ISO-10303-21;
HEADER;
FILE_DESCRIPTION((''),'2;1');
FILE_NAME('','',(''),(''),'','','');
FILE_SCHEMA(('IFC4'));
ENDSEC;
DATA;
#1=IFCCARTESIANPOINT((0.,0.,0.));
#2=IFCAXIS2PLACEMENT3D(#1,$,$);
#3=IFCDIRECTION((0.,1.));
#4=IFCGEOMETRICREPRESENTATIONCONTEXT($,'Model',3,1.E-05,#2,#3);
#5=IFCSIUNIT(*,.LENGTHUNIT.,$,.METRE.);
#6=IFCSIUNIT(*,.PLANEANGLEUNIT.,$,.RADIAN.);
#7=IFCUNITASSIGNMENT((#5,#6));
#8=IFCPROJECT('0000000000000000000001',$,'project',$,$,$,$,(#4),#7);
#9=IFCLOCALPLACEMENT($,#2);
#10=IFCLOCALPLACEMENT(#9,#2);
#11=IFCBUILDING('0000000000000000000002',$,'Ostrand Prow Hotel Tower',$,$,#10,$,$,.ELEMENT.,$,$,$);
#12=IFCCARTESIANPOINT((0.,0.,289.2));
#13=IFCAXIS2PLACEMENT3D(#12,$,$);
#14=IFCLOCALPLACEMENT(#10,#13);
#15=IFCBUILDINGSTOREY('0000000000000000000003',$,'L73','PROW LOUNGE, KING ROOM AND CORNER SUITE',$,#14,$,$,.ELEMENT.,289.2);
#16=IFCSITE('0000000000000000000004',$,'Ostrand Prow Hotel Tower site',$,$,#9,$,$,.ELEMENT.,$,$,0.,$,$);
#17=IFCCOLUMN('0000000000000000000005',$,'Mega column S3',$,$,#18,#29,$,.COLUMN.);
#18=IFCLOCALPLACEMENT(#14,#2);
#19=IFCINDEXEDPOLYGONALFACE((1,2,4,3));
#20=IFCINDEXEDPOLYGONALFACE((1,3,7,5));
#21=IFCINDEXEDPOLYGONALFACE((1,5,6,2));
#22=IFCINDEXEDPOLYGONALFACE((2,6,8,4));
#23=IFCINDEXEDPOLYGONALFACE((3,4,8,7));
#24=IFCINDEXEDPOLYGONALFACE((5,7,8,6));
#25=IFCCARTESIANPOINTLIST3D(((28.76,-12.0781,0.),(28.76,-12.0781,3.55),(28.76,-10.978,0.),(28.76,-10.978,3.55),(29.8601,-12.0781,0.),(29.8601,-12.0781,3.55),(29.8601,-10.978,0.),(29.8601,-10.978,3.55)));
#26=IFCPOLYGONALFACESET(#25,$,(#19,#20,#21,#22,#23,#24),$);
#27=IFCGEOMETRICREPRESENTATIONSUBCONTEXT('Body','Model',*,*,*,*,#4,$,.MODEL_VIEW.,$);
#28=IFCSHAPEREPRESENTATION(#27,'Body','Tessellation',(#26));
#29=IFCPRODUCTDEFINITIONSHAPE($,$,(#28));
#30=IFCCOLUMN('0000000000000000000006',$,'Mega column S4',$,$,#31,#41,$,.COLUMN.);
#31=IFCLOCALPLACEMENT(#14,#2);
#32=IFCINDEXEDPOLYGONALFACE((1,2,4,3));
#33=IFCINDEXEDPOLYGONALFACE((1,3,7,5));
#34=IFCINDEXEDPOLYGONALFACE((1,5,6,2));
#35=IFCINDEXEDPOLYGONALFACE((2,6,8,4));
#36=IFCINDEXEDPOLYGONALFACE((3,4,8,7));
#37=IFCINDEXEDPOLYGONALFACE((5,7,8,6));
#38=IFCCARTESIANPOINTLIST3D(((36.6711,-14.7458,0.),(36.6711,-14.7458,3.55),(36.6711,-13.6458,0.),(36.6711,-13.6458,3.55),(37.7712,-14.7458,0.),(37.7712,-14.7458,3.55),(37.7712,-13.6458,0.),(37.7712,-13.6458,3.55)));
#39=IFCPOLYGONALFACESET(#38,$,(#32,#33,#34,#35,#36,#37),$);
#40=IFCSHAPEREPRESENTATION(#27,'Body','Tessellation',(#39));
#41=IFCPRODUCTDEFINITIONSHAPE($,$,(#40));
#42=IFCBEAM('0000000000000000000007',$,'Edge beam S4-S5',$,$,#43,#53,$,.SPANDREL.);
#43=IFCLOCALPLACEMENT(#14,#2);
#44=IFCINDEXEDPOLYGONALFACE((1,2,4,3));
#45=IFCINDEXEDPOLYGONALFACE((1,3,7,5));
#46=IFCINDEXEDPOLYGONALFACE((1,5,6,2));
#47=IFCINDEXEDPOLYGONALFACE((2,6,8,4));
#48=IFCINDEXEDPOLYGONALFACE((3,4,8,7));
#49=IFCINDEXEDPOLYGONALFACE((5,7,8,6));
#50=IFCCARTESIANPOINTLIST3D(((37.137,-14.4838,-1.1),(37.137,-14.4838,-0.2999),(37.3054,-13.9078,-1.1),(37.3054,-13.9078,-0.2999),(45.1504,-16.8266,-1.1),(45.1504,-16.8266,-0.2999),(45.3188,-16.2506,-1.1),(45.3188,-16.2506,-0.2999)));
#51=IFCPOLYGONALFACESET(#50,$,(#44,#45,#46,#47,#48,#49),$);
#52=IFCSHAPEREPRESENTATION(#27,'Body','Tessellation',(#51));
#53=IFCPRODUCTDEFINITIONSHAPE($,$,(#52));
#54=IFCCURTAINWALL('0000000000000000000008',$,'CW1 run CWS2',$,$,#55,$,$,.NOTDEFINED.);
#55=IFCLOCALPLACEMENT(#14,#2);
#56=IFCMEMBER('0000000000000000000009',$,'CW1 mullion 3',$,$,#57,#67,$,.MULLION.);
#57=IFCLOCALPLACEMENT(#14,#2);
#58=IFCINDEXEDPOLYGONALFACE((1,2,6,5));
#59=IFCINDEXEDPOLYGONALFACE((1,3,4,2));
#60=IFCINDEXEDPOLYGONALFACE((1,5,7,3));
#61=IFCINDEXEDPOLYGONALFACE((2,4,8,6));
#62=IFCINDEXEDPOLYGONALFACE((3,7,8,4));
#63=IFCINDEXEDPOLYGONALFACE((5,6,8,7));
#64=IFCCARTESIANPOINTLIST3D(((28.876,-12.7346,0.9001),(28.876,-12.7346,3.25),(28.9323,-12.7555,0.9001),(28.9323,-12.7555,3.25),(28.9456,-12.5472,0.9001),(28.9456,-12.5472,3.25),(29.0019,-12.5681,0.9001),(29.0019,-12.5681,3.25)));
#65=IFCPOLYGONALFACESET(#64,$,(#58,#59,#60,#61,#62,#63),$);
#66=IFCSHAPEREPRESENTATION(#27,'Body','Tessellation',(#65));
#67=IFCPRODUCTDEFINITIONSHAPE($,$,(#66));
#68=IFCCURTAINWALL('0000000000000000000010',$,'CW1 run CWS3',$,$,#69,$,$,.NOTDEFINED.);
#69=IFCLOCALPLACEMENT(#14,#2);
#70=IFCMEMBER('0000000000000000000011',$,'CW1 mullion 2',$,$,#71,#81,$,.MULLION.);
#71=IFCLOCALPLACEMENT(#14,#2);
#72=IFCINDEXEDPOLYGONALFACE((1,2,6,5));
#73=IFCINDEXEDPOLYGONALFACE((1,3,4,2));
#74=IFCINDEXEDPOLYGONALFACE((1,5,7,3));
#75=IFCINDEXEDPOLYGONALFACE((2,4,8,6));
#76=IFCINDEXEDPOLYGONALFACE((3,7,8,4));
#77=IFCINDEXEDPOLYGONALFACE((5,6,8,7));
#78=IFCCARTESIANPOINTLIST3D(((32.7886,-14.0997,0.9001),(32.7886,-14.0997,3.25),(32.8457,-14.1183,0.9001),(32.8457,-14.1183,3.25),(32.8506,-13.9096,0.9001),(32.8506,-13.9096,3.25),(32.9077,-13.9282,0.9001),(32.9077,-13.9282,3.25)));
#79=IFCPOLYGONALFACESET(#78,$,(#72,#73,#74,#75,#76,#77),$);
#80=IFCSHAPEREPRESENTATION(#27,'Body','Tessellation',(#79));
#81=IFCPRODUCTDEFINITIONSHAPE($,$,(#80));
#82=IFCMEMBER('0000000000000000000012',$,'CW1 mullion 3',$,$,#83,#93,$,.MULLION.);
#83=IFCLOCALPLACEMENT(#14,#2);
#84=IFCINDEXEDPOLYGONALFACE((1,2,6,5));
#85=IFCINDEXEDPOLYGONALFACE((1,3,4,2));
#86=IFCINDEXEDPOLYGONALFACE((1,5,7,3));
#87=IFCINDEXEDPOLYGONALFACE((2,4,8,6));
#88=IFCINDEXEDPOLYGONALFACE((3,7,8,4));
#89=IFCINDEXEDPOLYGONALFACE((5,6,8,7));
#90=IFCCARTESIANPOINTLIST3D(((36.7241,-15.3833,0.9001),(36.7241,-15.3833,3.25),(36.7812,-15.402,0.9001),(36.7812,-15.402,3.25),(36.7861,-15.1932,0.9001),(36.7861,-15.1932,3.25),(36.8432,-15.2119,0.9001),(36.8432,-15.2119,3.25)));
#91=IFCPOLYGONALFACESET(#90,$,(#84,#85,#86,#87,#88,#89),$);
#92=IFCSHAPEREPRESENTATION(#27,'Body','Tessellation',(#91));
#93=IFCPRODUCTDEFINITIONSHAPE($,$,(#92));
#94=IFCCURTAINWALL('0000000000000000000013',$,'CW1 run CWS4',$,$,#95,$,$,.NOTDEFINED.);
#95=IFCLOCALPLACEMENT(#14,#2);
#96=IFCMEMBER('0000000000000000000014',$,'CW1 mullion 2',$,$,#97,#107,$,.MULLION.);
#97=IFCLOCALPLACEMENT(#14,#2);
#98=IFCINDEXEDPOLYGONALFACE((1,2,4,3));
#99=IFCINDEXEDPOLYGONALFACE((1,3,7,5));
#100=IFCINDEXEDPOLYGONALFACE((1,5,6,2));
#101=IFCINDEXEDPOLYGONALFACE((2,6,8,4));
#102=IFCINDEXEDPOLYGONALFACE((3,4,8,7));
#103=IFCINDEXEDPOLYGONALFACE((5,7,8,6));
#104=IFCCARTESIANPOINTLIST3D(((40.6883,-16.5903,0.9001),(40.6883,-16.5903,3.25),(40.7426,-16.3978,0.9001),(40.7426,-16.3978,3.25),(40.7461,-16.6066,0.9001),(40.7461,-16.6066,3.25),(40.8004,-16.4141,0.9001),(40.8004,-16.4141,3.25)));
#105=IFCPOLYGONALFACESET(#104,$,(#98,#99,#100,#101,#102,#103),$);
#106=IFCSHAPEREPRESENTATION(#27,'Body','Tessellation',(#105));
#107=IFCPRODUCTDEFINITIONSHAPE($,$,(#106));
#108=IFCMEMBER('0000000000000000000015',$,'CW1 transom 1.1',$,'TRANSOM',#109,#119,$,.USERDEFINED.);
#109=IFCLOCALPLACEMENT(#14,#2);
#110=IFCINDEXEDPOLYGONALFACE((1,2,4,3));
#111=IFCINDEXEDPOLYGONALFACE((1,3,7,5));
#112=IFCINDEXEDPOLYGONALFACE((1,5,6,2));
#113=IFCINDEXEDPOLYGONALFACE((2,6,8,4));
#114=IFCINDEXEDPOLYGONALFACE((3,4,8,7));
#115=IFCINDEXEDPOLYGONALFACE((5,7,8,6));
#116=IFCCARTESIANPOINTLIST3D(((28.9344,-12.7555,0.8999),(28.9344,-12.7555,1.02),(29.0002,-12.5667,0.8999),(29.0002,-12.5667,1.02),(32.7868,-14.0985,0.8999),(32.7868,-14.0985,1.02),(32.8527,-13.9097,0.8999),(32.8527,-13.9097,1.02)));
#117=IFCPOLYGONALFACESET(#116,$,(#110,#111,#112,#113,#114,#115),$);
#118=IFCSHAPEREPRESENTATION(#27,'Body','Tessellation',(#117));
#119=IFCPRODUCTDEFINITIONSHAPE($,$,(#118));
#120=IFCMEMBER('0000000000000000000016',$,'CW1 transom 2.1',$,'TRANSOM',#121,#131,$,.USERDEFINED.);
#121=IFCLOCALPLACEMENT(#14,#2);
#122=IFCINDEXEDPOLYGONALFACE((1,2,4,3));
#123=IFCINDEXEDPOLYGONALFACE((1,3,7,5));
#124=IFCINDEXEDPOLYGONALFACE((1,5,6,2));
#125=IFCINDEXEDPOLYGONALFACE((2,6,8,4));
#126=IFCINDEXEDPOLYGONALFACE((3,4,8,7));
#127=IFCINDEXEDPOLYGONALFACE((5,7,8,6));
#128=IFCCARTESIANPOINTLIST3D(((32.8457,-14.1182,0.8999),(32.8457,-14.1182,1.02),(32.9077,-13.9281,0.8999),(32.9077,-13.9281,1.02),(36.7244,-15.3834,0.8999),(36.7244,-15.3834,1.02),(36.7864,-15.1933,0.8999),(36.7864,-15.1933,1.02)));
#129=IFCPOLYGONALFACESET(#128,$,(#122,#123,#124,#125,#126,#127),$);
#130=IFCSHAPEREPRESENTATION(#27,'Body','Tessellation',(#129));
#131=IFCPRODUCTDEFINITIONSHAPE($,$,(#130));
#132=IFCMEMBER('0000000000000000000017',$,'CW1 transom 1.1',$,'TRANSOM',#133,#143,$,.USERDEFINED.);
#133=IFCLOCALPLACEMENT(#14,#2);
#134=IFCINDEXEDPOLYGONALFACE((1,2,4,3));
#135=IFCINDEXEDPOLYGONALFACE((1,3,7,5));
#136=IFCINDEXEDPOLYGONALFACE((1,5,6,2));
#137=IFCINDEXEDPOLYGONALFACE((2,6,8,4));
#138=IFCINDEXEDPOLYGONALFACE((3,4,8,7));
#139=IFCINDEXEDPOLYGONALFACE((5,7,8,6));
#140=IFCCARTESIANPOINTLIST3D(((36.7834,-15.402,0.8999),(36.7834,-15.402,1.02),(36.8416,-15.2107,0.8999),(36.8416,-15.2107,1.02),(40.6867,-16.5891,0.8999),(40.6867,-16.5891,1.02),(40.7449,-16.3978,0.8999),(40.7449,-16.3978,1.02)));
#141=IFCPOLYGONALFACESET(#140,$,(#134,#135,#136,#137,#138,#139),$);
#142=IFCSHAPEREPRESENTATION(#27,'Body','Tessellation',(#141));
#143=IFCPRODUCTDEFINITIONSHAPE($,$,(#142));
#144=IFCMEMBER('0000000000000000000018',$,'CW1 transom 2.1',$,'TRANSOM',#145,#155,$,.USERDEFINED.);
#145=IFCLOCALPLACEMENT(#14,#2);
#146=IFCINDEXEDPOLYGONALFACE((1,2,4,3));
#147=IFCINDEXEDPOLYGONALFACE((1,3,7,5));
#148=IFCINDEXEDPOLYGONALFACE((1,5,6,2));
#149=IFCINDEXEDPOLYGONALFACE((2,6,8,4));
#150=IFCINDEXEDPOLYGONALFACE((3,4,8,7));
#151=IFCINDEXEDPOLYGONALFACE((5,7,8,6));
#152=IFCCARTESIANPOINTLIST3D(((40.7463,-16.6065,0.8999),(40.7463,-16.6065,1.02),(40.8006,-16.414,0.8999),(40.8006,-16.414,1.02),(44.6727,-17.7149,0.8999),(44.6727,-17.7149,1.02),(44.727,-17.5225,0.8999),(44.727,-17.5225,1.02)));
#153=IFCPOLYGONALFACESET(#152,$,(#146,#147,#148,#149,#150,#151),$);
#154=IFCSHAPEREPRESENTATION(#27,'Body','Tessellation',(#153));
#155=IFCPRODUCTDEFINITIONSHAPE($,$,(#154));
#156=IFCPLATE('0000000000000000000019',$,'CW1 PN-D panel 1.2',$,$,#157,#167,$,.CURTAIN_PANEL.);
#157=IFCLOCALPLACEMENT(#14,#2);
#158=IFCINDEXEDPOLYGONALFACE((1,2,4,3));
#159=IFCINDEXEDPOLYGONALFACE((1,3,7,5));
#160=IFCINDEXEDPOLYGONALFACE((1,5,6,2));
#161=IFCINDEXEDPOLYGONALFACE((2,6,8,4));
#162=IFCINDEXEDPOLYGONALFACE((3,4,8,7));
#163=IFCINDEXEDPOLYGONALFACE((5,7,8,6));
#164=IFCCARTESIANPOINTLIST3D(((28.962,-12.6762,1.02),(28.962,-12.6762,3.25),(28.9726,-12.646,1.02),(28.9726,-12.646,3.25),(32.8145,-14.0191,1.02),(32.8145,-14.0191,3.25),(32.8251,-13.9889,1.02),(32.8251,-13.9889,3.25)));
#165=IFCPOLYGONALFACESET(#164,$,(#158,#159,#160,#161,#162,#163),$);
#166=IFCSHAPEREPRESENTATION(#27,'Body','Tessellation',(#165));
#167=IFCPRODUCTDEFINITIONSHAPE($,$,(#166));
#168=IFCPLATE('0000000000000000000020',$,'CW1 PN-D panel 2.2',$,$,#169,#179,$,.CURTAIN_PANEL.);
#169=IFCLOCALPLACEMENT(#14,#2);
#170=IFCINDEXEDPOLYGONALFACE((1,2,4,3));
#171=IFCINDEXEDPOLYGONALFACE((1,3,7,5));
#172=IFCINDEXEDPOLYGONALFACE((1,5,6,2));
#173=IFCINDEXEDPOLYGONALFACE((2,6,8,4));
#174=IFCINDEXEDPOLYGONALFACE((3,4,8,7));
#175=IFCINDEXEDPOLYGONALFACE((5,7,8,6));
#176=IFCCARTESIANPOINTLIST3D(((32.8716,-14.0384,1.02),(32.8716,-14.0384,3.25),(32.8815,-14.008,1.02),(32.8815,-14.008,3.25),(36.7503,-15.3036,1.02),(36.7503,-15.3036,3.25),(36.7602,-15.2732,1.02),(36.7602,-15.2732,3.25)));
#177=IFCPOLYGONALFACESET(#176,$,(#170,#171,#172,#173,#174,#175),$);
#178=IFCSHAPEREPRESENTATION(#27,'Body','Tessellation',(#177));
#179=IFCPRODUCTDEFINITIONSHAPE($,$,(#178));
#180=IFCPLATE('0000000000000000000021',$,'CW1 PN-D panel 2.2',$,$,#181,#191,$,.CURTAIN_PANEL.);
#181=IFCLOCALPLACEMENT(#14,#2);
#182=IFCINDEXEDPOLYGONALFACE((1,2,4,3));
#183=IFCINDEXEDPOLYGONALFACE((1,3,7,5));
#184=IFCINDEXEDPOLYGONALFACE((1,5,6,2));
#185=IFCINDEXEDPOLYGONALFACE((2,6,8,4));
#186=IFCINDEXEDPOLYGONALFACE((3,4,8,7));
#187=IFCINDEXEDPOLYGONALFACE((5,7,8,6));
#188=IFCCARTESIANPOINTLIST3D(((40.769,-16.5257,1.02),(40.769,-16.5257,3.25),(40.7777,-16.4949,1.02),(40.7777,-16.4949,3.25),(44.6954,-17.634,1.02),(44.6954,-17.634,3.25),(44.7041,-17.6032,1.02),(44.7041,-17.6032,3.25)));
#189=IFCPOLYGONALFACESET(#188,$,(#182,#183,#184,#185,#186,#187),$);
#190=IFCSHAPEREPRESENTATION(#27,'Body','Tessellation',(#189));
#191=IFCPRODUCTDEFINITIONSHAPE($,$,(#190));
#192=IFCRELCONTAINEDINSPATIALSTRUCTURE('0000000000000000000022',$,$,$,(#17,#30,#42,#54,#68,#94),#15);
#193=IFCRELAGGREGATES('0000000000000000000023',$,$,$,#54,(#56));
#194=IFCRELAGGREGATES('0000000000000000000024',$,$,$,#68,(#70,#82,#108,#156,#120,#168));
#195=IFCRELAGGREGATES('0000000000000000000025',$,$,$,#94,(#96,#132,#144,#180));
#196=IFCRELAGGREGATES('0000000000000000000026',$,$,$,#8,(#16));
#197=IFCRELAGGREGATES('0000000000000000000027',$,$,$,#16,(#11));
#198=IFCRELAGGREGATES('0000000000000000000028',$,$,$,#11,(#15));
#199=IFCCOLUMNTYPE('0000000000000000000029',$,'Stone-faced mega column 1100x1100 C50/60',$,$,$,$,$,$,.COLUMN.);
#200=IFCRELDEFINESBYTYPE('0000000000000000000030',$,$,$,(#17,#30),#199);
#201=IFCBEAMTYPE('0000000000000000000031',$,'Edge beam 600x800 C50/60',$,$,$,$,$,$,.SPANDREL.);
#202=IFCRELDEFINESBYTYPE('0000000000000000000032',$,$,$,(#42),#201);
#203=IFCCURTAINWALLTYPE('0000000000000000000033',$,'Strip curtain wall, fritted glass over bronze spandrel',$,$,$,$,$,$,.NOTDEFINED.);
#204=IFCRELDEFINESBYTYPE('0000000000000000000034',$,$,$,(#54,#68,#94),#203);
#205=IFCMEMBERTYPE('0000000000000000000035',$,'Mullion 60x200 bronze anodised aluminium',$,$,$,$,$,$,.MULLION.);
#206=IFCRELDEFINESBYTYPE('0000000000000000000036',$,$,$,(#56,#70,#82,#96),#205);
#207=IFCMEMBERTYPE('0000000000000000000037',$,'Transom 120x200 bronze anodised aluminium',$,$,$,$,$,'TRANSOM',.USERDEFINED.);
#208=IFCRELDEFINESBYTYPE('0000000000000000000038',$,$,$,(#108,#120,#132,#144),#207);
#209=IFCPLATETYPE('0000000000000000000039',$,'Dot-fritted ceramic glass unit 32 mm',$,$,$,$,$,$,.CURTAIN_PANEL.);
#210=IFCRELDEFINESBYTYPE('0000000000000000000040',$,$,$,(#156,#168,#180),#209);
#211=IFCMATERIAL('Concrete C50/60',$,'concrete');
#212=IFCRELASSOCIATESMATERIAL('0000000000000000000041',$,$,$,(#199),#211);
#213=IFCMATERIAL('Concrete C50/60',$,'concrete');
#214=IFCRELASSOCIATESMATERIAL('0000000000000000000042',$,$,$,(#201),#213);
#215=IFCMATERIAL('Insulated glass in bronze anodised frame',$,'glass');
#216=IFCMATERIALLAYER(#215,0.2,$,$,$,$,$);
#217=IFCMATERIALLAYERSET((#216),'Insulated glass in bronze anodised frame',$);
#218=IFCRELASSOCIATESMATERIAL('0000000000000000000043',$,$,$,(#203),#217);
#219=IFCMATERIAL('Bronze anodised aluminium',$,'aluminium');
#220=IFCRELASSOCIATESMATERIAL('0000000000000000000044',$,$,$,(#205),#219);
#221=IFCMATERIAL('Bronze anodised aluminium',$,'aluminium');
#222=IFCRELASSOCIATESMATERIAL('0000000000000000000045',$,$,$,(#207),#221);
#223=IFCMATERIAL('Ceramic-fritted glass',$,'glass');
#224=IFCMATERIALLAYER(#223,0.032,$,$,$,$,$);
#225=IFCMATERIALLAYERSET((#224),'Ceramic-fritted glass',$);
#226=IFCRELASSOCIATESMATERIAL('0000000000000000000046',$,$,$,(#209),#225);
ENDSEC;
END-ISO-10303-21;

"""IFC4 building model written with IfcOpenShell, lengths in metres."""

from ifc_helpers import new_model, si_unit, direction, frame, origin, origin_2d, place, context, subcontext, project, spatial, rectangle, extrude, material, layer, layer_set, material_profile, profile_set, type_object, element, aggregate, save


model = new_model("IFC4")

# Units and contexts
model_context = context("Model", 3, precision=1e-05, world=origin(), true_north=direction((0.0, 1.0)))
body_context = subcontext(model_context, "Body", "Model", "MODEL_VIEW")
ifc_project = project(units=[si_unit("LENGTHUNIT", "METRE"), si_unit("PLANEANGLEUNIT", "RADIAN")], contexts=[model_context])

# Site, building, storey
site_placement = place(None, origin())
site = spatial("IfcSite", under=ifc_project, at=site_placement, Name="Ostrand Prow Hotel Tower site", CompositionType="ELEMENT", RefElevation=0.0)
building_placement = place(site_placement, origin())
building = spatial("IfcBuilding", under=site, at=building_placement, Name="Ostrand Prow Hotel Tower", CompositionType="ELEMENT")
storey_placement = place(building_placement, frame((0.0, 0.0, 289.2)))
storey = spatial("IfcBuildingStorey", under=building, at=storey_placement, Name="L73", Description="PROW LOUNGE, KING ROOM AND CORNER SUITE", CompositionType="ELEMENT", Elevation=289.2)

# Columns
ifc_material_1 = material(Name="Concrete C50/60", Category="concrete")
ifc_material_profile_1 = material_profile(ifc_material_1, rectangle(XDim=1.1001, YDim=1.1001, at=origin_2d()), Name="RC 1100x1100")
ifc_profile_set_1 = profile_set([ifc_material_profile_1], Name="Concrete C50/60")
column_type = type_object("IfcColumnType", Name="Stone-faced mega column 1100x1100 C50/60", PredefinedType="COLUMN", material=ifc_profile_set_1)
for number, where, z_axis, x_axis, name in (
    (1, (29.3101, -11.5281, 0.0), (0.0, 0.0, 1.0), (1.0, 0.0, 0.0), "Mega column S3"),
    (2, (37.2212, -14.1958, 0.0), (0.0, 0.0, 1.0), (1.0, 0.0, 0.0), "Mega column S4"),
):
    element("IfcColumn", number, at=place(storey_placement, frame(where, z_axis=z_axis, x_axis=x_axis)), inside=storey, type_object=column_type, Name=name, PredefinedType="COLUMN", context=body_context, shape_type="SweptSolid", body=[
        extrude(rectangle(XDim=1.1001, YDim=1.1001, at=origin_2d()), origin(), (0.0, 0.0, 1.0), 3.55),
    ])

# Beam
ifc_material_2 = material(Name="Concrete C50/60", Category="concrete")
ifc_material_profile_2 = material_profile(ifc_material_2, rectangle(XDim=0.6001, YDim=0.8, at=origin_2d()), Name="RC 600x800")
ifc_profile_set_2 = profile_set([ifc_material_profile_2], Name="Concrete C50/60")
beam_type = type_object("IfcBeamType", Name="Edge beam 600x800 C50/60", PredefinedType="SPANDREL", material=ifc_profile_set_2)
beam_placement = place(storey_placement, frame((37.2212, -14.1958, -0.7), z_axis=(0.959822, -0.28061, 0.0), x_axis=(0.28061, 0.959822, 0.0)))
element("IfcBeam", 3, at=beam_placement, inside=storey, type_object=beam_type, Name="Edge beam S4-S5", PredefinedType="SPANDREL", context=body_context, shape_type="SweptSolid", body=[
    extrude(rectangle(XDim=0.6001, YDim=0.8, at=origin_2d()), origin(), (0.0, 0.0, 1.0), 8.3489),
])

# Curtain wall, member
ifc_material_3 = material(Name="Insulated glass in bronze anodised frame", Category="glass")
ifc_layer_1 = layer(ifc_material_3, 0.2)
ifc_layer_set_1 = layer_set([ifc_layer_1], Name="Insulated glass in bronze anodised frame")
curtain_wall_type = type_object("IfcCurtainWallType", Name="Strip curtain wall, fritted glass over bronze spandrel", PredefinedType="NOTDEFINED", material=ifc_layer_set_1)
curtain_wall_1_placement = place(storey_placement, origin())
curtain_wall_1 = element("IfcCurtainWall", 4, at=curtain_wall_1_placement, inside=storey, type_object=curtain_wall_type, Name="CW1 run CWS2", PredefinedType="NOTDEFINED")
ifc_material_4 = material(Name="Bronze anodised aluminium", Category="aluminium")
ifc_material_profile_3 = material_profile(ifc_material_4, rectangle(XDim=0.2, YDim=0.0601, at=origin_2d()), Name="Mullion 60x200 bronze anodised aluminium")
ifc_profile_set_3 = profile_set([ifc_material_profile_3], Name="Bronze anodised aluminium")
member_type_1 = type_object("IfcMemberType", Name="Mullion 60x200 bronze anodised aluminium", PredefinedType="MULLION", material=ifc_profile_set_3)
member_1_placement = place(storey_placement, frame((28.939, -12.6514, 0.9001), z_axis=(0.0, 0.0, 1.0), x_axis=(0.348071, 0.937468, 0.0)))
member_1 = element("IfcMember", 5, at=member_1_placement, type_object=member_type_1, Name="CW1 mullion 3", PredefinedType="MULLION", context=body_context, shape_type="SweptSolid", body=[
    extrude(rectangle(XDim=0.2, YDim=0.0601, at=origin_2d()), origin(), (0.0, 0.0, 1.0), 2.3499),
])
aggregate(curtain_wall_1, [member_1])

# Curtain wall, members
curtain_wall_2_placement = place(storey_placement, origin())
curtain_wall_2 = element("IfcCurtainWall", 6, at=curtain_wall_2_placement, inside=storey, type_object=curtain_wall_type, Name="CW1 run CWS3", PredefinedType="NOTDEFINED")
member_2_placement = place(storey_placement, frame((32.8481, -14.0139, 0.9001), z_axis=(0.0, 0.0, 1.0), x_axis=(0.310111, 0.9507, 0.0)))
member_2 = element("IfcMember", 7, at=member_2_placement, type_object=member_type_1, Name="CW1 mullion 2", PredefinedType="MULLION", context=body_context, shape_type="SweptSolid", body=[
    extrude(rectangle(XDim=0.2, YDim=0.0601, at=origin_2d()), origin(), (0.0, 0.0, 1.0), 2.3499),
])
member_3_placement = place(storey_placement, frame((36.7837, -15.2976, 0.9001), z_axis=(0.0, 0.0, 1.0), x_axis=(0.310111, 0.9507, 0.0)))
member_3 = element("IfcMember", 8, at=member_3_placement, type_object=member_type_1, Name="CW1 mullion 3", PredefinedType="MULLION", context=body_context, shape_type="SweptSolid", body=[
    extrude(rectangle(XDim=0.2, YDim=0.0601, at=origin_2d()), origin(), (0.0, 0.0, 1.0), 2.3499),
])

# Curtain wall, member
curtain_wall_3_placement = place(storey_placement, origin())
curtain_wall_3 = element("IfcCurtainWall", 9, at=curtain_wall_3_placement, inside=storey, type_object=curtain_wall_type, Name="CW1 run CWS4", PredefinedType="NOTDEFINED")
member_4_placement = place(storey_placement, frame((40.7444, -16.5022, 0.9001), z_axis=(0.0, 0.0, 1.0), x_axis=(0.271649, 0.962396, 0.0)))
member_4 = element("IfcMember", 10, at=member_4_placement, type_object=member_type_1, Name="CW1 mullion 2", PredefinedType="MULLION", context=body_context, shape_type="SweptSolid", body=[
    extrude(rectangle(XDim=0.2, YDim=0.0601, at=origin_2d()), origin(), (0.0, 0.0, 1.0), 2.3499),
])

# Members
ifc_material_5 = material(Name="Bronze anodised aluminium", Category="aluminium")
ifc_material_profile_4 = material_profile(ifc_material_5, rectangle(XDim=0.2, YDim=0.1201, at=origin_2d()), Name="Transom 120x200 bronze anodised aluminium")
ifc_profile_set_4 = profile_set([ifc_material_profile_4], Name="Bronze anodised aluminium")
member_type_2 = type_object("IfcMemberType", Name="Transom 120x200 bronze anodised aluminium", ElementType="TRANSOM", PredefinedType="USERDEFINED", material=ifc_profile_set_4)
member_5_placement = place(storey_placement, frame((28.9673, -12.6611, 0.96), z_axis=(0.944268, -0.329177, 0.0), x_axis=(0.329177, 0.944268, 0.0)))
member_5 = element("IfcMember", 11, at=member_5_placement, type_object=member_type_2, Name="CW1 transom 1.1", ObjectType="TRANSOM", PredefinedType="USERDEFINED", context=body_context, shape_type="SweptSolid", body=[
    extrude(rectangle(XDim=0.2, YDim=0.1201, at=origin_2d()), origin(), (0.0, 0.0, 1.0), 4.0798),
])
member_6_placement = place(storey_placement, frame((32.8767, -14.0232, 0.96), z_axis=(0.950704, -0.310099, 0.0), x_axis=(0.310099, 0.950704, 0.0)))
member_6 = element("IfcMember", 12, at=member_6_placement, type_object=member_type_2, Name="CW1 transom 2.1", ObjectType="TRANSOM", PredefinedType="USERDEFINED", context=body_context, shape_type="SweptSolid", body=[
    extrude(rectangle(XDim=0.2, YDim=0.1201, at=origin_2d()), origin(), (0.0, 0.0, 1.0), 4.0798),
])
member_7_placement = place(storey_placement, frame((36.8125, -15.3064, 0.96), z_axis=(0.956739, -0.290947, 0.0), x_axis=(0.290947, 0.956739, 0.0)))
member_7 = element("IfcMember", 13, at=member_7_placement, type_object=member_type_2, Name="CW1 transom 1.1", ObjectType="TRANSOM", PredefinedType="USERDEFINED", context=body_context, shape_type="SweptSolid", body=[
    extrude(rectangle(XDim=0.2, YDim=0.1201, at=origin_2d()), origin(), (0.0, 0.0, 1.0), 4.0798),
])
member_8_placement = place(storey_placement, frame((40.7734, -16.5103, 0.96), z_axis=(0.962386, -0.271685, 0.0), x_axis=(0.271685, 0.962386, 0.0)))
member_8 = element("IfcMember", 14, at=member_8_placement, type_object=member_type_2, Name="CW1 transom 2.1", ObjectType="TRANSOM", PredefinedType="USERDEFINED", context=body_context, shape_type="SweptSolid", body=[
    extrude(rectangle(XDim=0.2, YDim=0.1201, at=origin_2d()), origin(), (0.0, 0.0, 1.0), 4.0798),
])

# Plates
ifc_material_6 = material(Name="Ceramic-fritted glass", Category="glass")
ifc_layer_2 = layer(ifc_material_6, 0.032)
ifc_layer_set_2 = layer_set([ifc_layer_2], Name="Ceramic-fritted glass")
plate_type_1 = type_object("IfcPlateType", Name="Dot-fritted ceramic glass unit 32 mm", PredefinedType="CURTAIN_PANEL", material=ifc_layer_set_2)
plate_1_placement = place(storey_placement, frame((30.8936, -13.3325, 1.02), z_axis=(0.0, 0.0, 1.0), x_axis=(0.944275, -0.329158, 0.0)))
plate_1 = element("IfcPlate", 15, at=plate_1_placement, type_object=plate_type_1, Name="CW1 PN-D panel 1.2", PredefinedType="CURTAIN_PANEL", context=body_context, shape_type="SweptSolid", body=[
    extrude(rectangle(XDim=4.0798, YDim=0.032, at=origin_2d()), origin(), (0.0, 0.0, 1.0), 2.23),
])
plate_2_placement = place(storey_placement, frame((34.8159, -14.6558, 1.02), z_axis=(0.0, 0.0, 1.0), x_axis=(0.9507, -0.310111, 0.0)))
plate_2 = element("IfcPlate", 16, at=plate_2_placement, type_object=plate_type_1, Name="CW1 PN-D panel 2.2", PredefinedType="CURTAIN_PANEL", context=body_context, shape_type="SweptSolid", body=[
    extrude(rectangle(XDim=4.0798, YDim=0.032, at=origin_2d()), origin(), (0.0, 0.0, 1.0), 2.23),
])
aggregate(curtain_wall_2, [member_2, member_3, member_5, plate_1, member_6, plate_2])
plate_3_placement = place(storey_placement, frame((42.7366, -17.0645, 1.02), z_axis=(0.0, 0.0, 1.0), x_axis=(0.962396, -0.271649, 0.0)))
plate_3 = element("IfcPlate", 17, at=plate_3_placement, type_object=plate_type_1, Name="CW1 PN-D panel 2.2", PredefinedType="CURTAIN_PANEL", context=body_context, shape_type="SweptSolid", body=[
    extrude(rectangle(XDim=4.0798, YDim=0.032, at=origin_2d()), origin(), (0.0, 0.0, 1.0), 2.23),
])
aggregate(curtain_wall_3, [member_4, member_7, member_8, plate_3])

save(model, "model.ifc")
